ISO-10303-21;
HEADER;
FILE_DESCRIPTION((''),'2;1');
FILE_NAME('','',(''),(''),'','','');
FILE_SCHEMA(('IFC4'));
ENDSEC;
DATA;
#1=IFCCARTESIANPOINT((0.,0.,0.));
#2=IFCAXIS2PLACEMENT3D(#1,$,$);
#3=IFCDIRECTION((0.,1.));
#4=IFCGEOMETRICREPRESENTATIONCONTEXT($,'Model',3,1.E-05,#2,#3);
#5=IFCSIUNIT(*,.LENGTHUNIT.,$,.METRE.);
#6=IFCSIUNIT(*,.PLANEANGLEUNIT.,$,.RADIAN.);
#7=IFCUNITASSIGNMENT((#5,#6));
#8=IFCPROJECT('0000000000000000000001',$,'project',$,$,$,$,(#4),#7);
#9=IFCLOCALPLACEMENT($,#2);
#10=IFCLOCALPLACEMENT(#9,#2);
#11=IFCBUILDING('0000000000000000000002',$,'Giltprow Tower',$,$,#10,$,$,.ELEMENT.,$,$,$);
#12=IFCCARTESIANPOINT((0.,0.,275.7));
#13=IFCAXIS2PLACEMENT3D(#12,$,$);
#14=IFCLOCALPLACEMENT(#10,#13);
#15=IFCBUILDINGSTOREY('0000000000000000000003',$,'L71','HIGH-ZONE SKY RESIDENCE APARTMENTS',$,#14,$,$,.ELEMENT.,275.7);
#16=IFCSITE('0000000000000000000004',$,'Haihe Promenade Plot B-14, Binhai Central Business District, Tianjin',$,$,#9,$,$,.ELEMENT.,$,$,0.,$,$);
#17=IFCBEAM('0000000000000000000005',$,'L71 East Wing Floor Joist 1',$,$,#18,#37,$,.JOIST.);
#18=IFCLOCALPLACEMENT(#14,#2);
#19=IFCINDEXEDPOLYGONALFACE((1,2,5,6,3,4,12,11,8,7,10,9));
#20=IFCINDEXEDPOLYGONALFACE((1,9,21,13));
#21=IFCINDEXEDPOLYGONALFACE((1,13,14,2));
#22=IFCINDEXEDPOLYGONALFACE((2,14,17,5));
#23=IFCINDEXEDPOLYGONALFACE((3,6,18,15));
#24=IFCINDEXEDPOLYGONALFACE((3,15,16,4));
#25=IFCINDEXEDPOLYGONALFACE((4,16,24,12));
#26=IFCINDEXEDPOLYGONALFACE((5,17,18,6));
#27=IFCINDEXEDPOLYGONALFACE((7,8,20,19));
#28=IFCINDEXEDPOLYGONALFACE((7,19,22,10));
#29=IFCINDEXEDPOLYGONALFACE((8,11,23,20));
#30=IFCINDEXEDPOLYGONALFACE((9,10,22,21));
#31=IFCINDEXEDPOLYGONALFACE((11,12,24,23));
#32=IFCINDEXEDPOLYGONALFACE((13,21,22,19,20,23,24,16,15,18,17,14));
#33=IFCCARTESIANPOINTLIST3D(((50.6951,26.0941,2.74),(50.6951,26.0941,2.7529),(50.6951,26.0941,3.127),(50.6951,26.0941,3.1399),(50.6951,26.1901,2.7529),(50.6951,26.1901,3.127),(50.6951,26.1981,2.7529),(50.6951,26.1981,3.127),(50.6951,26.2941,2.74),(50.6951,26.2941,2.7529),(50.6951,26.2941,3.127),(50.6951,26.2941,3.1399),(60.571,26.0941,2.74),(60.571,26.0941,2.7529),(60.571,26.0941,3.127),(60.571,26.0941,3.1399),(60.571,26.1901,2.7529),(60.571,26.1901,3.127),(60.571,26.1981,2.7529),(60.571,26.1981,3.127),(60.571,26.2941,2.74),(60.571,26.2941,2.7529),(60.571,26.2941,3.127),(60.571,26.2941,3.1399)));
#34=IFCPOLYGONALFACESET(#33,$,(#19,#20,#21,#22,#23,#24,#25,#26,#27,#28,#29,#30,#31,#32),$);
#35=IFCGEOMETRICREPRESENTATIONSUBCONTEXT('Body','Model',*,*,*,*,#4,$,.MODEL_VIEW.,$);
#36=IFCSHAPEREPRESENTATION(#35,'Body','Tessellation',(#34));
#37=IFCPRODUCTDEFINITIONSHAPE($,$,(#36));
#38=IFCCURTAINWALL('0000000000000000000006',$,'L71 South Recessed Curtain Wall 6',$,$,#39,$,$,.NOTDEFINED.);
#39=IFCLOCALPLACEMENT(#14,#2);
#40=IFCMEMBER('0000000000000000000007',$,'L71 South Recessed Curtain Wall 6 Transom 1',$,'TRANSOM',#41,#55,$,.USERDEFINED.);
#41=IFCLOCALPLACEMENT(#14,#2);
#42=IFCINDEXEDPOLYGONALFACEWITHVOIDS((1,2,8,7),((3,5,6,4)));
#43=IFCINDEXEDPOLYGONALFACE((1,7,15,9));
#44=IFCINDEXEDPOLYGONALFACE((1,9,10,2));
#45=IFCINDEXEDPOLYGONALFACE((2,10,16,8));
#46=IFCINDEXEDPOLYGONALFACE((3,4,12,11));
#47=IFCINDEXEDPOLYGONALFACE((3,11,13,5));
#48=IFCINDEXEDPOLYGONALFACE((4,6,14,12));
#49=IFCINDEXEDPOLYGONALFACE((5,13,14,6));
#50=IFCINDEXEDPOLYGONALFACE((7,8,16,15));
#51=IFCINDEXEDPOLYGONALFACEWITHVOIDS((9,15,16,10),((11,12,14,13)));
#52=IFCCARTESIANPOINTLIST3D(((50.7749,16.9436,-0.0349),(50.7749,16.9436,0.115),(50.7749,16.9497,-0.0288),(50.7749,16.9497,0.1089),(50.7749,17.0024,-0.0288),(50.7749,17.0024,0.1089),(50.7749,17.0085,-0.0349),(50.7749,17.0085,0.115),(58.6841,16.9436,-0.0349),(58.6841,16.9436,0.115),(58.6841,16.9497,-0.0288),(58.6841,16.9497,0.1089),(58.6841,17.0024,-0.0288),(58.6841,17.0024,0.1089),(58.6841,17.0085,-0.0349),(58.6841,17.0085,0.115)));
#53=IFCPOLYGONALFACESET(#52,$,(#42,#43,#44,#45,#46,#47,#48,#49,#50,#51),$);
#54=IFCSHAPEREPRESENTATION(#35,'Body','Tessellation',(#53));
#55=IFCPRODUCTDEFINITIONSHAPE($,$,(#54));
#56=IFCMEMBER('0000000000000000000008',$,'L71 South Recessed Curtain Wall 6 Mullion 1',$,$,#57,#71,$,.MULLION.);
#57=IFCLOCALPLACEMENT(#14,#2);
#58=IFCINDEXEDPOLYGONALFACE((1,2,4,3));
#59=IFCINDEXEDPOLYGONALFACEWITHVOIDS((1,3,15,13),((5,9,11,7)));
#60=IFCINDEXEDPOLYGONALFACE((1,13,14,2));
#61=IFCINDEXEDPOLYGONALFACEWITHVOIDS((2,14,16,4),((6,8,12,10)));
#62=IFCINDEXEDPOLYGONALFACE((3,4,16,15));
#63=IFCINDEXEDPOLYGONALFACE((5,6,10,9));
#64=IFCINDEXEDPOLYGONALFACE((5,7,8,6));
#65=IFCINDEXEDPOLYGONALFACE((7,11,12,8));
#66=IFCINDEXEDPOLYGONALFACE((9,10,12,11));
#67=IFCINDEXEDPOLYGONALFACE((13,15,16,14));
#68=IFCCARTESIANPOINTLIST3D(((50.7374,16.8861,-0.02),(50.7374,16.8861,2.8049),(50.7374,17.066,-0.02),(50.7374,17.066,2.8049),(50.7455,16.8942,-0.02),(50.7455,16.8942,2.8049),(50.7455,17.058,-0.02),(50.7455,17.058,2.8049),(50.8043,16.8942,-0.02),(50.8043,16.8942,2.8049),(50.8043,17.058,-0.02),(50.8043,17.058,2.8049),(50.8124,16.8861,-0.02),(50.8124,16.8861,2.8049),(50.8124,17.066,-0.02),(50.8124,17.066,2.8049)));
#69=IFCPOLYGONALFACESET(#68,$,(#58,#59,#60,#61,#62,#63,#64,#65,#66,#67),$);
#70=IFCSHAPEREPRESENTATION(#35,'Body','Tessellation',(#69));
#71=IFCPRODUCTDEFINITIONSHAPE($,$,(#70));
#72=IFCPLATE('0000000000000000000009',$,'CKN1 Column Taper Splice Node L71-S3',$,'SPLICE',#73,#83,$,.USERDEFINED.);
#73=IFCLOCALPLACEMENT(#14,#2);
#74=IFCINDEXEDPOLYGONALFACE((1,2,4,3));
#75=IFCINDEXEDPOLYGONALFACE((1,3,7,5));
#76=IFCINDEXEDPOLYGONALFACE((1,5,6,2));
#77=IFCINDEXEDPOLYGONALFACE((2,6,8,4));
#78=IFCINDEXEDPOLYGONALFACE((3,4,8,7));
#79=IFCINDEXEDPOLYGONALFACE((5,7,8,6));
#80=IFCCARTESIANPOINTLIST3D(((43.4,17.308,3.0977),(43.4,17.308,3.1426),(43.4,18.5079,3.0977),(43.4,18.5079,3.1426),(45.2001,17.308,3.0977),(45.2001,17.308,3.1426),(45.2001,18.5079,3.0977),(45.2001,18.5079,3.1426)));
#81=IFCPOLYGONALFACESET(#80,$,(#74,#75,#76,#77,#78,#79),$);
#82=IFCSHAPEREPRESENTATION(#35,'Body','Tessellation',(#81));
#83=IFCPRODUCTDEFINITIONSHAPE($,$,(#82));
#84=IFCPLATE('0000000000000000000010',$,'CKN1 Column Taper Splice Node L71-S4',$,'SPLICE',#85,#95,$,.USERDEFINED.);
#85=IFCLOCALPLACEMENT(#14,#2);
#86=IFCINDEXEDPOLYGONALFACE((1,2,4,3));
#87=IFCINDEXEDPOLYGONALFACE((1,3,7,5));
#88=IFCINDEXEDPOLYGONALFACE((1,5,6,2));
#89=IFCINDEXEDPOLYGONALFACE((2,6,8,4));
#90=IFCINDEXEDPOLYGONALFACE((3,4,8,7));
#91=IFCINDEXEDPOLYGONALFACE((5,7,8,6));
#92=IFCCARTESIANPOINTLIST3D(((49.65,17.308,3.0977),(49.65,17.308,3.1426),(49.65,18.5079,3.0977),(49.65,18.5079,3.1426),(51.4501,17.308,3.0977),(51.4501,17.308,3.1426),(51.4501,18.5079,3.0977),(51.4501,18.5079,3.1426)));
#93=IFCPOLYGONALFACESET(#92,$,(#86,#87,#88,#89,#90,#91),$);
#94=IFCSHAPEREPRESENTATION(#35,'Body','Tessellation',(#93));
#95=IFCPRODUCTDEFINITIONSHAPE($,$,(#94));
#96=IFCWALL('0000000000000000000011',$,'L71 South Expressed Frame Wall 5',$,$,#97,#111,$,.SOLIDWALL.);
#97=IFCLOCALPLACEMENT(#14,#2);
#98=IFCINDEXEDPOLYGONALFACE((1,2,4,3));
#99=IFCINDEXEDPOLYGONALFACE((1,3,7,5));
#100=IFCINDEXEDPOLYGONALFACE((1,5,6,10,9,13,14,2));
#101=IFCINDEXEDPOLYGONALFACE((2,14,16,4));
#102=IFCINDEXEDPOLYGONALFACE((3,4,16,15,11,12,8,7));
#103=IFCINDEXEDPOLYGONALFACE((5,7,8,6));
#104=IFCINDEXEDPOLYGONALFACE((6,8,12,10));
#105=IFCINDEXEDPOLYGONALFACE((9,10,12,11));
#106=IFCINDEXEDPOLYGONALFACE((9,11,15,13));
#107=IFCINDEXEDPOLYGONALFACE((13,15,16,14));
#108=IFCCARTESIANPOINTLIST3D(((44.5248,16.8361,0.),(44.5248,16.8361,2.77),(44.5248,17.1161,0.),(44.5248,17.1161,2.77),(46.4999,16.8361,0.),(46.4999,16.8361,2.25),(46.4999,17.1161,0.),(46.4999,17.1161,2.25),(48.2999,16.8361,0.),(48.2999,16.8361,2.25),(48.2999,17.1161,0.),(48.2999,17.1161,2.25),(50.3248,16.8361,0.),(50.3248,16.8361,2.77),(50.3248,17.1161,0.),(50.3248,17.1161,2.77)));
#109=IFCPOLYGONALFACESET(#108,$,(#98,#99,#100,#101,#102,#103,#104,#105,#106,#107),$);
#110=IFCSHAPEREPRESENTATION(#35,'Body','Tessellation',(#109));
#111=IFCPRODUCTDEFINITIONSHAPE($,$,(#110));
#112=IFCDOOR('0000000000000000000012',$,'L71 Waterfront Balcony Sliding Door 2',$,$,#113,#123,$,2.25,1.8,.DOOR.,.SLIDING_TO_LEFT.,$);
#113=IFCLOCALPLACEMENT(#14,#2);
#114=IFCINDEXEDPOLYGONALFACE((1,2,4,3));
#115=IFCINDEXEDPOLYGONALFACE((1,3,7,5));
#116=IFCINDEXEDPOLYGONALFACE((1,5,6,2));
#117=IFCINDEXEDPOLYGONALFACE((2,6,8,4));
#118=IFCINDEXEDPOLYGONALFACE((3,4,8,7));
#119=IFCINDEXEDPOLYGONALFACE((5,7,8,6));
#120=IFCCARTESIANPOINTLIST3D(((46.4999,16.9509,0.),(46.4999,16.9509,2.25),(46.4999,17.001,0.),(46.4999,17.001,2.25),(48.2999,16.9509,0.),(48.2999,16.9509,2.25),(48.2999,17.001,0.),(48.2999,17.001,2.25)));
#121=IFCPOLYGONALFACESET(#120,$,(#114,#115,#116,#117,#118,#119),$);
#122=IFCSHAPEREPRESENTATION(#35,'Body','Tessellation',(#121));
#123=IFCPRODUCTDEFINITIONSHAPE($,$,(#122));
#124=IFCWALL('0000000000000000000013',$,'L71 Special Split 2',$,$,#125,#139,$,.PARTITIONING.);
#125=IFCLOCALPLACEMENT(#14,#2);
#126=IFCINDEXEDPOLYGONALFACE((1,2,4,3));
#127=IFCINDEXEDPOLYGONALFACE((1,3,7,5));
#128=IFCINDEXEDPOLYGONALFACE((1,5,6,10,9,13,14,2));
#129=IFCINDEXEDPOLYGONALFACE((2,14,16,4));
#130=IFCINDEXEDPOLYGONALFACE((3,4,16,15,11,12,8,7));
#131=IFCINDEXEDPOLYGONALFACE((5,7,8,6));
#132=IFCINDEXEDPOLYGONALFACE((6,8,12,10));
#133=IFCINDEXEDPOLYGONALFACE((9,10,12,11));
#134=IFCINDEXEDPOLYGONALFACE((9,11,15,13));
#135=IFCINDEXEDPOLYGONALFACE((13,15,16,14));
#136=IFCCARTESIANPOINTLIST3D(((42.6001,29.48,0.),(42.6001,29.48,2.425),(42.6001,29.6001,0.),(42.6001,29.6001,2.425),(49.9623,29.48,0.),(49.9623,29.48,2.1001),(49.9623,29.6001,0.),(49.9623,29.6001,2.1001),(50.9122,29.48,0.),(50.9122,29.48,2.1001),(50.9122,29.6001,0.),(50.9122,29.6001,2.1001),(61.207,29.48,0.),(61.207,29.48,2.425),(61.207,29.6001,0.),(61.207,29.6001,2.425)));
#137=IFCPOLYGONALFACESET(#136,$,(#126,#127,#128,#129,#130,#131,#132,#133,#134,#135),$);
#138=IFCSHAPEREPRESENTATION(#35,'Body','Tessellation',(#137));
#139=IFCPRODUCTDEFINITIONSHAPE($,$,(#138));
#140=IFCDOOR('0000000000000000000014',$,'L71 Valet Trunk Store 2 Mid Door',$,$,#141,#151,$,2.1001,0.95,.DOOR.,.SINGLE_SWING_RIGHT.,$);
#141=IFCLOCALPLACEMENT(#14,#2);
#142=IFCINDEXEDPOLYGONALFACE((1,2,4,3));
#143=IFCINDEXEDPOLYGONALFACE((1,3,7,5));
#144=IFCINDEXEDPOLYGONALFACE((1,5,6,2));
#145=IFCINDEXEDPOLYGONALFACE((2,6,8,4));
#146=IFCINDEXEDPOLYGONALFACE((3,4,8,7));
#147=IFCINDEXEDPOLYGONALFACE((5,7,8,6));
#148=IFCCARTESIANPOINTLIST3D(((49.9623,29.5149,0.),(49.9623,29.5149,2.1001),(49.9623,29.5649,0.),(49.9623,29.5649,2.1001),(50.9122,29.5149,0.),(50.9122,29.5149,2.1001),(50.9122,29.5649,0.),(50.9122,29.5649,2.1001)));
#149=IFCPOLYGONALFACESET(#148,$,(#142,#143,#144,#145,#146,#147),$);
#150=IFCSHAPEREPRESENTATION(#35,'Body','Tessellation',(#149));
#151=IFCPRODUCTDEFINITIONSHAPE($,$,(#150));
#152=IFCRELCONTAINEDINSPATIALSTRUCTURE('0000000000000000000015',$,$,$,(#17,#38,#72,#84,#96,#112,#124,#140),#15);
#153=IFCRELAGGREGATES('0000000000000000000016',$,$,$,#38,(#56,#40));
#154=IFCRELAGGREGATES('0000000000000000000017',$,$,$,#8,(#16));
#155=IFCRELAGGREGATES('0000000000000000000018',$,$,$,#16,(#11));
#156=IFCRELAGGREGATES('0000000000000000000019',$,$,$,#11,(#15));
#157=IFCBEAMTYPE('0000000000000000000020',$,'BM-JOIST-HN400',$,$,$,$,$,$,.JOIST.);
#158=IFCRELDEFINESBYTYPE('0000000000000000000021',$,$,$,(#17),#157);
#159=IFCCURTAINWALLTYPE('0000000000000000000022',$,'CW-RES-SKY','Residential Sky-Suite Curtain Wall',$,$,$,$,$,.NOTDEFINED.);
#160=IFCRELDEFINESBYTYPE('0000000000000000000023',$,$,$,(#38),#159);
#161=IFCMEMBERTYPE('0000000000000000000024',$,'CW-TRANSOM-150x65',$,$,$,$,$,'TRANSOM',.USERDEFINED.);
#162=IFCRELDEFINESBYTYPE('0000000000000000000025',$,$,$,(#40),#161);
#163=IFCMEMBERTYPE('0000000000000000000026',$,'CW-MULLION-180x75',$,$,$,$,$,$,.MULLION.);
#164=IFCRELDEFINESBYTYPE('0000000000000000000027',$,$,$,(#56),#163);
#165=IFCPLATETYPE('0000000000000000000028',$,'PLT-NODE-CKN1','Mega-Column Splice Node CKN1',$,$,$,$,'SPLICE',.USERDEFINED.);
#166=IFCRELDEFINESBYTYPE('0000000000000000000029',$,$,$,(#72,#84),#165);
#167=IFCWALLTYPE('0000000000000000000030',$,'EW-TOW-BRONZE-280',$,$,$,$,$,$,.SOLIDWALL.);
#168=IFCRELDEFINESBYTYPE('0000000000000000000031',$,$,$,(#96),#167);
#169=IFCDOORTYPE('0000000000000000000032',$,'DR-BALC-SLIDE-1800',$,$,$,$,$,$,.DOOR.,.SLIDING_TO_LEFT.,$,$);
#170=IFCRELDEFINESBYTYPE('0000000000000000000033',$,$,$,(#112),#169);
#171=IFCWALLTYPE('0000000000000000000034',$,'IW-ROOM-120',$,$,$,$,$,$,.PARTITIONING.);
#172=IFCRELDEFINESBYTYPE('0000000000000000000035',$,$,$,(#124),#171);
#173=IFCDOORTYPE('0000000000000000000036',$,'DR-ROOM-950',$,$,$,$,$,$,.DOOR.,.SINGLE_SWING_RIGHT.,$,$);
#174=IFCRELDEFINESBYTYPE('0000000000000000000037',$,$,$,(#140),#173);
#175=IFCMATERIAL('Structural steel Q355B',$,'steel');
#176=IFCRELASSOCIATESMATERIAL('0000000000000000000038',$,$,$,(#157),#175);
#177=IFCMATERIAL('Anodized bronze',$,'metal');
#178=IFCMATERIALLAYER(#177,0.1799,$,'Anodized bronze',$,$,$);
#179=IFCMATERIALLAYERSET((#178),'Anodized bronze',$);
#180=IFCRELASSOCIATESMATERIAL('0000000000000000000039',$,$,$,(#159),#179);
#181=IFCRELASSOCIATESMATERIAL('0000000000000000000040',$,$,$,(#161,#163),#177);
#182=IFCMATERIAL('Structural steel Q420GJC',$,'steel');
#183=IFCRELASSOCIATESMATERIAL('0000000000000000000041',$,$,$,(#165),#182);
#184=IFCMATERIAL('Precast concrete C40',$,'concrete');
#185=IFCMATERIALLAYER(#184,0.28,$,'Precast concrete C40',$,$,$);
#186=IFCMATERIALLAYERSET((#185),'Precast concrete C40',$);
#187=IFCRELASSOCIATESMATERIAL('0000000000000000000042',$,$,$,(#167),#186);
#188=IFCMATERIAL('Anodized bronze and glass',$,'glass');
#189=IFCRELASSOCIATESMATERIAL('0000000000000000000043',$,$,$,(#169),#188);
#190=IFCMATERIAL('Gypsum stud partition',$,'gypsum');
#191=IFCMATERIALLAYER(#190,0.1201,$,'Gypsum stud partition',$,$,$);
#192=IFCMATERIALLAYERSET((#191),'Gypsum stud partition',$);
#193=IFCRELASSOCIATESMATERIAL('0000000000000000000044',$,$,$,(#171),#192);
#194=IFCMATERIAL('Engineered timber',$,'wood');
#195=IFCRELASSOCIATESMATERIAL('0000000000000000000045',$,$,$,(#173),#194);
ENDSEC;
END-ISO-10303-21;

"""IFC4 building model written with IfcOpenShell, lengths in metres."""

from ifc_helpers import new_model, si_unit, direction, frame, frame_2d, origin, origin_2d, place, context, subcontext, project, spatial, rectangle, hollow_rectangle, i_section, extrude, source, transform, mapped, material, layer, layer_set, material_profile, profile_set, type_object, element, fill, aggregate, save


model = new_model("IFC4")

# Units and contexts
model_context = context("Model", 3, precision=1e-05, world=origin(), true_north=direction((0.0, 1.0)))
body_context = subcontext(model_context, "Body", "Model", "MODEL_VIEW")
ifc_project = project(units=[si_unit("LENGTHUNIT", "METRE"), si_unit("PLANEANGLEUNIT", "RADIAN")], contexts=[model_context])

# Site, building, storey
site_placement = place(None, origin())
site = spatial("IfcSite", under=ifc_project, at=site_placement, Name="Haihe Promenade Plot B-14, Binhai Central Business District, Tianjin", CompositionType="ELEMENT", RefElevation=0.0)
building_placement = place(site_placement, origin())
building = spatial("IfcBuilding", under=site, at=building_placement, Name="Giltprow Tower", CompositionType="ELEMENT")
storey_placement = place(building_placement, frame((0.0, 0.0, 275.7)))
storey = spatial("IfcBuildingStorey", under=building, at=storey_placement, Name="L71", Description="HIGH-ZONE SKY RESIDENCE APARTMENTS", CompositionType="ELEMENT", Elevation=275.7)

# Shared definitions
ifc_material_1 = material(Name="Structural steel Q355B", Category="steel")

# Beam
ifc_material_profile_1 = material_profile(ifc_material_1, i_section(OverallWidth=0.2, OverallDepth=0.3999, WebThickness=0.0081, FlangeThickness=0.0129, at=origin_2d()), Name="HN 400x200x8x13")
ifc_profile_set_1 = profile_set([ifc_material_profile_1], Name="Structural steel Q355B")
beam_type_1 = type_object("IfcBeamType", Name="BM-JOIST-HN400", PredefinedType="JOIST", material=ifc_profile_set_1)
shared_shape_1 = source(origin(), body_context, "Body", "SweptSolid", [
    extrude(i_section(OverallWidth=0.2, OverallDepth=0.3999, WebThickness=0.0081, FlangeThickness=0.0129, at=origin_2d()), origin(), (0.0, 0.0, 1.0), 9.876),
])
beam_1_placement = place(storey_placement, frame((50.6951, 26.1941, 2.9399), z_axis=(1.0, 0.0, 0.0), x_axis=(0.0, 1.0, 0.0)))
element("IfcBeam", 1, at=beam_1_placement, inside=storey, type_object=beam_type_1, Name="L71 East Wing Floor Joist 1", PredefinedType="JOIST", context=body_context, shape_type="MappedRepresentation", body=[
    mapped(shared_shape_1, transform((0.0, 0.0, 0.0), x_axis=(1.0, 0.0, 0.0), y_axis=(0.0, 1.0, 0.0), z_axis=(0.0, 0.0, 1.0), scale=1.0)),
])

# Curtain wall, members
ifc_material_2 = material(Name="Anodized bronze", Category="metal")
ifc_layer_1 = layer(ifc_material_2, 0.1799, Name="Anodized bronze")
ifc_layer_set_1 = layer_set([ifc_layer_1], Name="Anodized bronze")
curtain_wall_type = type_object("IfcCurtainWallType", Name="CW-RES-SKY", Description="Residential Sky-Suite Curtain Wall", PredefinedType="NOTDEFINED", material=ifc_layer_set_1)
curtain_wall_placement = place(storey_placement, origin())
curtain_wall = element("IfcCurtainWall", 2, at=curtain_wall_placement, inside=storey, type_object=curtain_wall_type, Name="L71 South Recessed Curtain Wall 6", PredefinedType="NOTDEFINED")
ifc_material_profile_2 = material_profile(ifc_material_2, hollow_rectangle(XDim=0.0649, YDim=0.1499, WallThickness=0.0061, at=origin_2d()), Name="RHS 150x65x6")
ifc_profile_set_2 = profile_set([ifc_material_profile_2], Name="Anodized bronze")
member_type_1 = type_object("IfcMemberType", Name="CW-TRANSOM-150x65", ElementType="TRANSOM", PredefinedType="USERDEFINED", material=ifc_profile_set_2)
shared_shape_2 = source(origin(), body_context, "Body", "SweptSolid", [
    extrude(hollow_rectangle(XDim=0.0649, YDim=0.1499, WallThickness=0.0061, at=origin_2d()), origin(), (0.0, 0.0, 1.0), 7.9092),
])
member_1_placement = place(storey_placement, frame((50.7749, 16.9761, 0.04), z_axis=(1.0, 0.0, 0.0), x_axis=(0.0, 1.0, 0.0)))
member_1 = element("IfcMember", 3, at=member_1_placement, type_object=member_type_1, Name="L71 South Recessed Curtain Wall 6 Transom 1", ObjectType="TRANSOM", PredefinedType="USERDEFINED", context=body_context, shape_type="MappedRepresentation", body=[
    mapped(shared_shape_2, transform((0.0, 0.0, 0.0), x_axis=(1.0, 0.0, 0.0), y_axis=(0.0, 1.0, 0.0), z_axis=(0.0, 0.0, 1.0), scale=1.0)),
])
ifc_material_profile_3 = material_profile(ifc_material_2, hollow_rectangle(XDim=0.075, YDim=0.1799, WallThickness=0.0081, at=origin_2d()), Name="RHS 180x75x8")
ifc_profile_set_3 = profile_set([ifc_material_profile_3], Name="Anodized bronze")
member_type_2 = type_object("IfcMemberType", Name="CW-MULLION-180x75", PredefinedType="MULLION", material=ifc_profile_set_3)
shared_shape_3 = source(origin(), body_context, "Body", "SweptSolid", [
    extrude(hollow_rectangle(XDim=0.075, YDim=0.1799, WallThickness=0.0081, at=origin_2d()), origin(), (0.0, 0.0, 1.0), 2.825),
])
member_2_placement = place(storey_placement, frame((50.7749, 16.9761, -0.02), z_axis=(0.0, 0.0, 1.0), x_axis=(1.0, 0.0, 0.0)))
member_2 = element("IfcMember", 4, at=member_2_placement, type_object=member_type_2, Name="L71 South Recessed Curtain Wall 6 Mullion 1", PredefinedType="MULLION", context=body_context, shape_type="MappedRepresentation", body=[
    mapped(shared_shape_3, transform((0.0, 0.0, 0.0), x_axis=(1.0, 0.0, 0.0), y_axis=(0.0, 1.0, 0.0), z_axis=(0.0, 0.0, 1.0), scale=1.0)),
])
aggregate(curtain_wall, [member_2, member_1])

# Plates
ifc_material_3 = material(Name="Structural steel Q420GJC", Category="steel")
plate_type = type_object("IfcPlateType", Name="PLT-NODE-CKN1", Description="Mega-Column Splice Node CKN1", ElementType="SPLICE", PredefinedType="USERDEFINED", material=ifc_material_3)
shared_shape_4 = source(origin(), body_context, "Body", "SweptSolid", [
    extrude(rectangle(XDim=1.8, YDim=1.2, at=origin_2d()), origin(), (0.0, 0.0, 1.0), 0.0449),
])
for number, where, z_axis, x_axis, name in (
    (5, (44.3, 17.908, 3.0977), (0.0, 0.0, 1.0), (1.0, 0.0, 0.0), "CKN1 Column Taper Splice Node L71-S3"),
    (6, (50.55, 17.908, 3.0977), (0.0, 0.0, 1.0), (1.0, 0.0, 0.0), "CKN1 Column Taper Splice Node L71-S4"),
):
    element("IfcPlate", number, at=place(storey_placement, frame(where, z_axis=z_axis, x_axis=x_axis)), inside=storey, type_object=plate_type, Name=name, ObjectType="SPLICE", PredefinedType="USERDEFINED", context=body_context, shape_type="MappedRepresentation", body=[
        mapped(shared_shape_4, transform((0.0, 0.0, 0.0), x_axis=(1.0, 0.0, 0.0), y_axis=(0.0, 1.0, 0.0), z_axis=(0.0, 0.0, 1.0), scale=1.0)),
    ])

# Walls, openings, doors
ifc_material_4 = material(Name="Precast concrete C40", Category="concrete")
ifc_layer_2 = layer(ifc_material_4, 0.28, Name="Precast concrete C40")
ifc_layer_set_2 = layer_set([ifc_layer_2], Name="Precast concrete C40")
wall_type_1 = type_object("IfcWallType", Name="EW-TOW-BRONZE-280", PredefinedType="SOLIDWALL", material=ifc_layer_set_2)
wall_1_placement = place(storey_placement, frame((44.5249, 16.9761, 0.0), z_axis=(0.0, 0.0, 1.0), x_axis=(1.0, 0.0, 0.0)))
wall_1 = element("IfcWall", 7, at=wall_1_placement, inside=storey, type_object=wall_type_1, Name="L71 South Expressed Frame Wall 5", PredefinedType="SOLIDWALL", context=body_context, shape_type="SweptSolid", body=[
    extrude(rectangle(XDim=5.8, YDim=0.28, at=frame_2d((2.8999, 0.0))), origin(), (0.0, 0.0, 1.0), 2.77),
])
opening_1_placement = place(wall_1_placement, frame((1.9751, 0.0, 0.0)))
opening_1 = element("IfcOpeningElement", 8, at=opening_1_placement, cuts=wall_1, PredefinedType="OPENING", context=body_context, shape_type="SweptSolid", body=[
    extrude(rectangle(XDim=1.8, YDim=2.25, at=frame_2d((0.8999, 1.125))), frame((0.0, 0.1499, 0.0), z_axis=(0.0, -1.0, 0.0), x_axis=(1.0, 0.0, 0.0)), (0.0, 0.0, 1.0), 0.3),
])
ifc_material_5 = material(Name="Anodized bronze and glass", Category="glass")
door_type_1 = type_object("IfcDoorType", Name="DR-BALC-SLIDE-1800", OperationType="SLIDING_TO_LEFT", PredefinedType="DOOR", material=ifc_material_5)
shared_shape_5 = source(origin(), body_context, "Body", "SweptSolid", [
    extrude(rectangle(XDim=1.8, YDim=2.25, at=frame_2d((0.8999, 1.125))), frame((0.0, 0.0249, 0.0), z_axis=(0.0, -1.0, 0.0), x_axis=(1.0, 0.0, 0.0)), (0.0, 0.0, 1.0), 0.05),
])
door_1_placement = place(opening_1_placement, origin())
door_1 = element("IfcDoor", 9, at=door_1_placement, inside=storey, type_object=door_type_1, Name="L71 Waterfront Balcony Sliding Door 2", OperationType="SLIDING_TO_LEFT", OverallHeight=2.25, OverallWidth=1.8, PredefinedType="DOOR", context=body_context, shape_type="MappedRepresentation", body=[
    mapped(shared_shape_5, transform((0.0, 0.0, 0.0), x_axis=(1.0, 0.0, 0.0), y_axis=(0.0, 1.0, 0.0), z_axis=(0.0, 0.0, 1.0), scale=1.0)),
])
fill(opening_1, door_1)
ifc_material_6 = material(Name="Gypsum stud partition", Category="gypsum")
ifc_layer_3 = layer(ifc_material_6, 0.1201, Name="Gypsum stud partition")
ifc_layer_set_3 = layer_set([ifc_layer_3], Name="Gypsum stud partition")
wall_type_2 = type_object("IfcWallType", Name="IW-ROOM-120", PredefinedType="PARTITIONING", material=ifc_layer_set_3)
wall_2_placement = place(storey_placement, frame((42.6001, 29.54, 0.0), z_axis=(0.0, 0.0, 1.0), x_axis=(1.0, 0.0, 0.0)))
wall_2 = element("IfcWall", 10, at=wall_2_placement, inside=storey, type_object=wall_type_2, Name="L71 Special Split 2", PredefinedType="PARTITIONING", context=body_context, shape_type="SweptSolid", body=[
    extrude(rectangle(XDim=18.6069, YDim=0.1201, at=frame_2d((9.3035, 0.0))), origin(), (0.0, 0.0, 1.0), 2.425),
])
opening_2_placement = place(wall_2_placement, frame((7.3621, 0.0, 0.0)))
opening_2 = element("IfcOpeningElement", 11, at=opening_2_placement, cuts=wall_2, PredefinedType="OPENING", context=body_context, shape_type="SweptSolid", body=[
    extrude(rectangle(XDim=0.95, YDim=2.1001, at=frame_2d((0.4751, 1.05))), frame((0.0, 0.0701, 0.0), z_axis=(0.0, -1.0, 0.0), x_axis=(1.0, 0.0, 0.0)), (0.0, 0.0, 1.0), 0.1401),
])
ifc_material_7 = material(Name="Engineered timber", Category="wood")
door_type_2 = type_object("IfcDoorType", Name="DR-ROOM-950", OperationType="SINGLE_SWING_RIGHT", PredefinedType="DOOR", material=ifc_material_7)
shared_shape_6 = source(origin(), body_context, "Body", "SweptSolid", [
    extrude(rectangle(XDim=0.95, YDim=2.1001, at=frame_2d((0.4751, 1.05))), frame((0.0, 0.0249, 0.0), z_axis=(0.0, -1.0, 0.0), x_axis=(1.0, 0.0, 0.0)), (0.0, 0.0, 1.0), 0.05),
])
door_2_placement = place(opening_2_placement, origin())
door_2 = element("IfcDoor", 12, at=door_2_placement, inside=storey, type_object=door_type_2, Name="L71 Valet Trunk Store 2 Mid Door", OperationType="SINGLE_SWING_RIGHT", OverallHeight=2.1001, OverallWidth=0.95, PredefinedType="DOOR", context=body_context, shape_type="MappedRepresentation", body=[
    mapped(shared_shape_6, transform((0.0, 0.0, 0.0), x_axis=(1.0, 0.0, 0.0), y_axis=(0.0, 1.0, 0.0), z_axis=(0.0, 0.0, 1.0), scale=1.0)),
])
fill(opening_2, door_2)

save(model, "model.ifc")
